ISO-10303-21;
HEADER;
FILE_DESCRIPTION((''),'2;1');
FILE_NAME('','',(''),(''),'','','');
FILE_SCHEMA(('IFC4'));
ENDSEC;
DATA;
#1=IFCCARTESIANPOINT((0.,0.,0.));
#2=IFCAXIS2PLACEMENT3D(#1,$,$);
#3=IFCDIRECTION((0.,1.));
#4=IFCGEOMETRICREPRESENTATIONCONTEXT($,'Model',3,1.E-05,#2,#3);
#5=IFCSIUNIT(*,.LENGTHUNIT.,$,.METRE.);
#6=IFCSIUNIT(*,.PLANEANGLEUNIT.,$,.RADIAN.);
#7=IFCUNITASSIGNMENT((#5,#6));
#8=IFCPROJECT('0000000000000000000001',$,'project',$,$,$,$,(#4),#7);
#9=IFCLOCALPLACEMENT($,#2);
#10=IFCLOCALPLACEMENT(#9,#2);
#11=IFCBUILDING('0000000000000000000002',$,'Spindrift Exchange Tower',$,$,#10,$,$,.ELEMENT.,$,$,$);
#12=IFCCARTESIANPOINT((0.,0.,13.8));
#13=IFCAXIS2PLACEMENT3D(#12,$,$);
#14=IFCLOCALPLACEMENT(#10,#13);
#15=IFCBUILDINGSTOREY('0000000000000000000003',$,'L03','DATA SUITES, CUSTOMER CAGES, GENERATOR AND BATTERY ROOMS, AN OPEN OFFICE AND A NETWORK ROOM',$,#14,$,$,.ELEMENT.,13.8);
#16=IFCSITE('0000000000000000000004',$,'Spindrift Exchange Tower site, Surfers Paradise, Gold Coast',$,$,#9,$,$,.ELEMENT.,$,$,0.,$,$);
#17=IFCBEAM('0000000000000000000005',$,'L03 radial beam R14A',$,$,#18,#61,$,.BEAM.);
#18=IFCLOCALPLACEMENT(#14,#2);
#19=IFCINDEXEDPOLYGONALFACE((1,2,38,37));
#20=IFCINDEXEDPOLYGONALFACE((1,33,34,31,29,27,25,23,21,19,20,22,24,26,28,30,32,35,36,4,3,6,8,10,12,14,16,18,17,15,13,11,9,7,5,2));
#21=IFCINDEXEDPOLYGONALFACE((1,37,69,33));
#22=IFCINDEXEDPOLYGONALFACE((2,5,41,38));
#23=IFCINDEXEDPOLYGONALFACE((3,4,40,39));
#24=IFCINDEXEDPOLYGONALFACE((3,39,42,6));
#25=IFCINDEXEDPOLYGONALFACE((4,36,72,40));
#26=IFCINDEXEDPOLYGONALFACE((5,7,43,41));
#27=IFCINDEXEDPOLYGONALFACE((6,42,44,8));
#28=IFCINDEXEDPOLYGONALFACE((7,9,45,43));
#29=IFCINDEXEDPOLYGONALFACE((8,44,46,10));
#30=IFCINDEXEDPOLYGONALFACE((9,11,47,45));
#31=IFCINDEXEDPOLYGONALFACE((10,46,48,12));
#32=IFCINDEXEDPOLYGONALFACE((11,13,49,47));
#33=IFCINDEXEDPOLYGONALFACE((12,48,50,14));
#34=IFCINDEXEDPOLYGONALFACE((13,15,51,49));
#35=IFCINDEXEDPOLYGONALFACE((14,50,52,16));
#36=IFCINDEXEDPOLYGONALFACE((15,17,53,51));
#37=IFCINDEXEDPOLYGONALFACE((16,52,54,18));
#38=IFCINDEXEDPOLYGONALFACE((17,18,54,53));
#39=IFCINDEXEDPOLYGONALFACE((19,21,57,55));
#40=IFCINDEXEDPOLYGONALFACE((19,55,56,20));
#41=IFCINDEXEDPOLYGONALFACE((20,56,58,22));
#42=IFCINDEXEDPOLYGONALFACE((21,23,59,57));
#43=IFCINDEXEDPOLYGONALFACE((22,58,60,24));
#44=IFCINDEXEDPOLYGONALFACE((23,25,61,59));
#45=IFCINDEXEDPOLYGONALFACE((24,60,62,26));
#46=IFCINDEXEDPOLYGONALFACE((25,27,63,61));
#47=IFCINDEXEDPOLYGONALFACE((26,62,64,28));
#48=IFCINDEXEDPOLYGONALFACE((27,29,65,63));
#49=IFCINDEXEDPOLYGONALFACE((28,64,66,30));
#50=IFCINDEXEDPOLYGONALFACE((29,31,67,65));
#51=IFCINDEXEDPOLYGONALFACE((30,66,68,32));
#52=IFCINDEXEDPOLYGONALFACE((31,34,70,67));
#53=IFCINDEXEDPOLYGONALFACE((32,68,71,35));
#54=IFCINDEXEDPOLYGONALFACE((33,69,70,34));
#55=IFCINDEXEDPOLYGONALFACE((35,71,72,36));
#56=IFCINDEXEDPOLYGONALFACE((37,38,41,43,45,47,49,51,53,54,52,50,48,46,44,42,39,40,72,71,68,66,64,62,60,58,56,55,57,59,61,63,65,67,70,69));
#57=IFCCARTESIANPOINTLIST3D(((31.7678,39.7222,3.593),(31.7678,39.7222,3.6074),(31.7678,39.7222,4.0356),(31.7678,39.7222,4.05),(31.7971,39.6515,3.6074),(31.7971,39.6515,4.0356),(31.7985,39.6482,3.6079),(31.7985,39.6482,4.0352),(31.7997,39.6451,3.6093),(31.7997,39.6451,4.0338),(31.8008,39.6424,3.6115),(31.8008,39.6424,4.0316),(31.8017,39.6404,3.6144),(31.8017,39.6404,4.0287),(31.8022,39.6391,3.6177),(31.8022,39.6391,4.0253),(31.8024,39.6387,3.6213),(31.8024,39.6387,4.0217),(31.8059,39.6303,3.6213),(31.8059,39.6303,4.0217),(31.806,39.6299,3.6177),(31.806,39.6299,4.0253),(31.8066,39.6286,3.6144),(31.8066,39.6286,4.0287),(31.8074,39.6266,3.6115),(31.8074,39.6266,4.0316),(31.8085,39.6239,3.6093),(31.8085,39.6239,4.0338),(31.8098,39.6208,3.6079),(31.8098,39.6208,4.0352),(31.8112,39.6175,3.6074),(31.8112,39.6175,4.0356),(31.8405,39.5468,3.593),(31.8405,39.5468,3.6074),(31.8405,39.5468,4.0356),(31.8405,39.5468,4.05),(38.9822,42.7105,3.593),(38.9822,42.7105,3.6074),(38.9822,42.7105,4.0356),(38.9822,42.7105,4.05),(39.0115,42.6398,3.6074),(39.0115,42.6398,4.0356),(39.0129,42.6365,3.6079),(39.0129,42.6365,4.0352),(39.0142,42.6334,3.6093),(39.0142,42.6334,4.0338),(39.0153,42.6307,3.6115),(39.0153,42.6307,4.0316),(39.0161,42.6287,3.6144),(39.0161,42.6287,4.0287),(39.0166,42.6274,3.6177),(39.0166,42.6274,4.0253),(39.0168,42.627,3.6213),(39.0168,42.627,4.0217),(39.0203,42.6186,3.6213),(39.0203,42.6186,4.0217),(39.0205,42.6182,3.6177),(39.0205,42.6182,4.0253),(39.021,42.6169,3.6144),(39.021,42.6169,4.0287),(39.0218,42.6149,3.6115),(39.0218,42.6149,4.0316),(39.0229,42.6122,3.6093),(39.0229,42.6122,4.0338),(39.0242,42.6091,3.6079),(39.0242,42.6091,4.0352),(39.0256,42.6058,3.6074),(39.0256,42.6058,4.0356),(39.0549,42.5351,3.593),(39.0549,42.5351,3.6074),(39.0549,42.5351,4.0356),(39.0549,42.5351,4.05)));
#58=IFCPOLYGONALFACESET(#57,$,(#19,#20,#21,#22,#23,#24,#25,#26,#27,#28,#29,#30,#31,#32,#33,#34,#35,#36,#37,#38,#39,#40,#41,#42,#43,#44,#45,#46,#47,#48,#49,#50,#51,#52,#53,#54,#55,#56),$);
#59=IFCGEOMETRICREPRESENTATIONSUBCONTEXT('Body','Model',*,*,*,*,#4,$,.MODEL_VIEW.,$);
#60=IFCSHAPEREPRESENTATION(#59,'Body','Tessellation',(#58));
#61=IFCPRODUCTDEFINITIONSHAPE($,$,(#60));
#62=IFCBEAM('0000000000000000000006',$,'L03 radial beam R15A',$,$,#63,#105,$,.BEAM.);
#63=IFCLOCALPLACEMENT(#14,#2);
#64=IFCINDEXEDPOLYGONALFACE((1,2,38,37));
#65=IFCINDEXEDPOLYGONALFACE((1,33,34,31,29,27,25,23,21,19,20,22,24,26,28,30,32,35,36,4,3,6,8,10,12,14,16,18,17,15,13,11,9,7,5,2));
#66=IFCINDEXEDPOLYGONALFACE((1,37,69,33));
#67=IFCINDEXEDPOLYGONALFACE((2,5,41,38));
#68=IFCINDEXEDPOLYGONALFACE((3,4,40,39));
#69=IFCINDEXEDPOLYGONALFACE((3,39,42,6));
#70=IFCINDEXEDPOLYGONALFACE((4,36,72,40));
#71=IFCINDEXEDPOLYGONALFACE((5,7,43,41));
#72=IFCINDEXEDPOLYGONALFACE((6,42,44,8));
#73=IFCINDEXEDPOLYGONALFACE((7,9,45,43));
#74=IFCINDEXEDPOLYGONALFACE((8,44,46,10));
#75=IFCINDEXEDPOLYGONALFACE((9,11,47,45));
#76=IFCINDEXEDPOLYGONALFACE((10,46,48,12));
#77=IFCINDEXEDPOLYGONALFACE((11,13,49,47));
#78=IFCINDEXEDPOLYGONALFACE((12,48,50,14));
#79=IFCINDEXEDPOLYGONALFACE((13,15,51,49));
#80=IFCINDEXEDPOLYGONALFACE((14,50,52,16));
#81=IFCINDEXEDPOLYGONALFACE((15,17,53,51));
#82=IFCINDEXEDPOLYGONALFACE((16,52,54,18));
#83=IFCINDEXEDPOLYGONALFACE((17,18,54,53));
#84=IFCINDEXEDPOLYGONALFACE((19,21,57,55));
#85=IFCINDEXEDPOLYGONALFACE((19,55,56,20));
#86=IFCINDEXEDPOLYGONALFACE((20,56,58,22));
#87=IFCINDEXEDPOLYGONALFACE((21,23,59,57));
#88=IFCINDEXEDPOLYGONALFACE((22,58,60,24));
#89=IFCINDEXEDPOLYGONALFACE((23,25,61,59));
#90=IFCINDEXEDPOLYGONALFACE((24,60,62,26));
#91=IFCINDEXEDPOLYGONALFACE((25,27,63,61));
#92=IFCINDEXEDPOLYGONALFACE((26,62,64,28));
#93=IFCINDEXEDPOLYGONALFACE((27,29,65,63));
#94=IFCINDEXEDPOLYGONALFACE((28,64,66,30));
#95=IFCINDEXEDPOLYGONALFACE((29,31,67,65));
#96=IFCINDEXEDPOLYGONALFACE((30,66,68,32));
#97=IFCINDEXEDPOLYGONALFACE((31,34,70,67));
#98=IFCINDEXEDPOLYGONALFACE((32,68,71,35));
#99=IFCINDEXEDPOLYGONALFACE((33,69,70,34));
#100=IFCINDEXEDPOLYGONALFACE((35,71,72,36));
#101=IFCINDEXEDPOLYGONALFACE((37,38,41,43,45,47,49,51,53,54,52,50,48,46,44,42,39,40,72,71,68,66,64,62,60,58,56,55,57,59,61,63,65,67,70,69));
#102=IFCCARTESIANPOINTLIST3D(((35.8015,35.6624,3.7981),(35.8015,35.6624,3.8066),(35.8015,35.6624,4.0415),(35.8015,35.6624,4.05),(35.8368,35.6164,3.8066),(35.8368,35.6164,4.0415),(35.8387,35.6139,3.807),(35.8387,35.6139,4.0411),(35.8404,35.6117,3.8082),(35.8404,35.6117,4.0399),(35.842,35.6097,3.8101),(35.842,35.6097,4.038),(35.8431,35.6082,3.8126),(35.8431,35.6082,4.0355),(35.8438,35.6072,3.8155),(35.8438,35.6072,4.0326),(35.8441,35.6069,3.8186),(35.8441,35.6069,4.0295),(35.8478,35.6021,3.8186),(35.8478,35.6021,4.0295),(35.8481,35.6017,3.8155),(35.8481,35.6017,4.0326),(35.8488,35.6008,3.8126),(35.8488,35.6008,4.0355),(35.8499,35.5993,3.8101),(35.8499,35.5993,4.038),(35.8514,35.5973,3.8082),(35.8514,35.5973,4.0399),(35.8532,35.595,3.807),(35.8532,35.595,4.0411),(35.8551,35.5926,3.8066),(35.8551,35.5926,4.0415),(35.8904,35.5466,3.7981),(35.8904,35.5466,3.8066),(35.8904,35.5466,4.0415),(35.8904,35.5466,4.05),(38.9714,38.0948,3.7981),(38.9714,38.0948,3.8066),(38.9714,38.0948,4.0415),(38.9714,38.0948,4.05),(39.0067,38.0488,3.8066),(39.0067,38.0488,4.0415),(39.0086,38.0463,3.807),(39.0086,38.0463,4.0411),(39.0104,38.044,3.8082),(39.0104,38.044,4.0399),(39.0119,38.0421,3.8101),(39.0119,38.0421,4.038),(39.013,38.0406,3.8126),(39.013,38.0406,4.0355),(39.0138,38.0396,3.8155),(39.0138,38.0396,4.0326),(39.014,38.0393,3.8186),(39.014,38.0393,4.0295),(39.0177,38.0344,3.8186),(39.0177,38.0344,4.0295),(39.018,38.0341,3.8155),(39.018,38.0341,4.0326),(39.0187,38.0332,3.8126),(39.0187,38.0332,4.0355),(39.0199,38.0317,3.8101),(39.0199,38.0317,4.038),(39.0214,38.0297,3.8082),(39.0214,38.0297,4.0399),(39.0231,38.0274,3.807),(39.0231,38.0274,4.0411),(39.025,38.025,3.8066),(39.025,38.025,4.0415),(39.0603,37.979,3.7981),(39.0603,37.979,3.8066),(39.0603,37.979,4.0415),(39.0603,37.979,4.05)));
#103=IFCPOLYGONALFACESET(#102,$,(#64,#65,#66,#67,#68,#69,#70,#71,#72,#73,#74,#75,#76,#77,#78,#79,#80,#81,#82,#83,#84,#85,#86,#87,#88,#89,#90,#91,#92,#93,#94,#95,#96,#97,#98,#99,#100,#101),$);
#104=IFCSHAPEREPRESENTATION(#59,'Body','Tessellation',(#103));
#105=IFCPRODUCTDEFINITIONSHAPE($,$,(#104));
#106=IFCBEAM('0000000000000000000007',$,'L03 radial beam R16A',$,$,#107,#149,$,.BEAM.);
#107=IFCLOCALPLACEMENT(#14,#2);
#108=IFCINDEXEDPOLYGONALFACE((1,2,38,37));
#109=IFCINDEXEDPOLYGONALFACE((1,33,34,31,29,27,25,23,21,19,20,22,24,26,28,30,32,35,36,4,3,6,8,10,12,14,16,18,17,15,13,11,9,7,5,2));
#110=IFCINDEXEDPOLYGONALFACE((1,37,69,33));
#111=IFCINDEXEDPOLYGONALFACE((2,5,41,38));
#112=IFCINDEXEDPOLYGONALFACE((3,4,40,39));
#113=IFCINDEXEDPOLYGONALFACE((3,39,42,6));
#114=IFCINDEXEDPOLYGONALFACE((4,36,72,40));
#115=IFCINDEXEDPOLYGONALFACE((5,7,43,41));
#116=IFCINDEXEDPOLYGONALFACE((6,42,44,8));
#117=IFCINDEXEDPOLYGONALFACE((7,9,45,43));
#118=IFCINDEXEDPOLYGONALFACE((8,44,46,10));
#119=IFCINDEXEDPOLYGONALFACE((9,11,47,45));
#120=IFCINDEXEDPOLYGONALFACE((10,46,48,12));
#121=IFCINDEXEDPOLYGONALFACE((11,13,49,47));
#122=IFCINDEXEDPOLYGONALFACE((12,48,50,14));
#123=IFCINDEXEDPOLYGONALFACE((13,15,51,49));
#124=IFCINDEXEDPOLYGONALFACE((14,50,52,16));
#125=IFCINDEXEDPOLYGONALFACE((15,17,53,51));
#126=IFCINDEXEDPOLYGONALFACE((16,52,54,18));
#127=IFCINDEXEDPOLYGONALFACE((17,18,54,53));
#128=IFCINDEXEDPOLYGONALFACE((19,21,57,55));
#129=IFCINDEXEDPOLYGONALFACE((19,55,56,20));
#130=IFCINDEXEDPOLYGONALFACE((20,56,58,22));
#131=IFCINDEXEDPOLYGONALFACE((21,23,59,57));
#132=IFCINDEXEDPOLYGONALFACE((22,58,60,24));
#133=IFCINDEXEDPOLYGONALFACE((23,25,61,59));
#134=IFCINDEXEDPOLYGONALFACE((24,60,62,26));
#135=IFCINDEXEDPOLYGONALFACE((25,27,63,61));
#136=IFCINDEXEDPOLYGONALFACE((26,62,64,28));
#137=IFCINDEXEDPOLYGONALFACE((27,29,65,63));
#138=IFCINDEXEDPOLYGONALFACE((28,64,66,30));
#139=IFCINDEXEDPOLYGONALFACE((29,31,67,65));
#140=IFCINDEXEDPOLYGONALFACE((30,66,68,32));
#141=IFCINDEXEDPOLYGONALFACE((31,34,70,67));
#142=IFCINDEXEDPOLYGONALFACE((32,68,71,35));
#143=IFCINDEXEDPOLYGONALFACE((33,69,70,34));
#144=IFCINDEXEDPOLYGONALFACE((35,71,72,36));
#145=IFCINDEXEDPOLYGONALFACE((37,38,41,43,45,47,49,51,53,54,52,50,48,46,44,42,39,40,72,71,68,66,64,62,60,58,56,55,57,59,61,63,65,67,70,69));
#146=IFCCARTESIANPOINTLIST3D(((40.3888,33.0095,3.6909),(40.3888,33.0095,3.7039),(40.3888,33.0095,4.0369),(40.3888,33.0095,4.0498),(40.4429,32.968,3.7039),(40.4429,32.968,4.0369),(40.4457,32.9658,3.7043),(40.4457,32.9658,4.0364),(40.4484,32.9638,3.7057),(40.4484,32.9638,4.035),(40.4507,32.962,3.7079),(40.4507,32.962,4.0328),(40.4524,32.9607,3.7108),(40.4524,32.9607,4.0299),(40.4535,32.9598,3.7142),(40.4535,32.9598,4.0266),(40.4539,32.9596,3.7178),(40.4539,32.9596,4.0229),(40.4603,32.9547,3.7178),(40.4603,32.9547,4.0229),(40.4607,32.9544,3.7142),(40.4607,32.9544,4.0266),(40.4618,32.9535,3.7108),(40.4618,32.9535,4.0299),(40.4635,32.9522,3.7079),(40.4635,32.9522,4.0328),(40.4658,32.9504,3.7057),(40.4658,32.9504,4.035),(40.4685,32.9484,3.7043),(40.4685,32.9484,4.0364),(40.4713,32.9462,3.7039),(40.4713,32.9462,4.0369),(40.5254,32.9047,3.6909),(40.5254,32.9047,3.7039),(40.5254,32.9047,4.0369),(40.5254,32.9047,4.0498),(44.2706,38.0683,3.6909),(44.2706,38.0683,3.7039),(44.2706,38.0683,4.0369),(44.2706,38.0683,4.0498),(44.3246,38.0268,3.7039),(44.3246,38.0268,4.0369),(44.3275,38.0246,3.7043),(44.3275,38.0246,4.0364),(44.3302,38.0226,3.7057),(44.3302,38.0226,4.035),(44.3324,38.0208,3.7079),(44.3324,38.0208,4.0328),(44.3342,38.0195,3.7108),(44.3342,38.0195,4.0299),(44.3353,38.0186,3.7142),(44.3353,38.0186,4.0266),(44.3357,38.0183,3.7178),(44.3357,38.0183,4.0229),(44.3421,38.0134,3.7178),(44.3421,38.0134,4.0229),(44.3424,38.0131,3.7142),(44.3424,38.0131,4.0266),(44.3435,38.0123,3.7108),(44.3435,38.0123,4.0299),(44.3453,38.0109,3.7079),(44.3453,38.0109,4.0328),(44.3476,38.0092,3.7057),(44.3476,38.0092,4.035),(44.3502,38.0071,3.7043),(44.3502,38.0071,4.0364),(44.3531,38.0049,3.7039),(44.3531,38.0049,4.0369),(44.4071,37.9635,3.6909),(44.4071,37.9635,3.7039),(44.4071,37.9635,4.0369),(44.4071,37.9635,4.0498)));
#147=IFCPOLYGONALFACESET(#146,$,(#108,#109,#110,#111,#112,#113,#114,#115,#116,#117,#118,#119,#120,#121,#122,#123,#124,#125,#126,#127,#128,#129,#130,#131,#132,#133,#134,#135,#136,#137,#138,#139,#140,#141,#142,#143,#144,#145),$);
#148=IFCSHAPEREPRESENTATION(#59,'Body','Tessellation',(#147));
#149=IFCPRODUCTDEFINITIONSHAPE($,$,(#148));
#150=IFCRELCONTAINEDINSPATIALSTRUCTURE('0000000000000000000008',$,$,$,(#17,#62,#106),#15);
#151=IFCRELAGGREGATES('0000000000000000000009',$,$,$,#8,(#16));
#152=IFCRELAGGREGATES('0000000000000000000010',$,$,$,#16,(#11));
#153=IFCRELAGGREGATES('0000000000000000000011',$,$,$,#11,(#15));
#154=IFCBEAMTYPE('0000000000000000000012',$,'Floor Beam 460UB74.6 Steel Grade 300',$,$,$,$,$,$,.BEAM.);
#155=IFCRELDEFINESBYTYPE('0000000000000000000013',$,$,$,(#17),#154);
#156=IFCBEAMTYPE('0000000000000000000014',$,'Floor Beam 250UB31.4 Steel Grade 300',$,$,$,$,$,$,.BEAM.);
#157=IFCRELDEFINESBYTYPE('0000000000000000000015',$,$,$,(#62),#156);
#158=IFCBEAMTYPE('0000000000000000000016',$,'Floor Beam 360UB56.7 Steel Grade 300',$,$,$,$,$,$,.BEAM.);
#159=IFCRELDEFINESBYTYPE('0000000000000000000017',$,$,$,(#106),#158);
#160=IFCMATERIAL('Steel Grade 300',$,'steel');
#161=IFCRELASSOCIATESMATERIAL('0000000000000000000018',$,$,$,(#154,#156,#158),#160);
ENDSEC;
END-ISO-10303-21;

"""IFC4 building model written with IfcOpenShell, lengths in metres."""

from ifc_helpers import new_model, si_unit, direction, frame, origin, origin_2d, place, context, subcontext, project, spatial, i_section, extrude, source, transform, mapped, material, material_profile, profile_set, type_object, element, save


model = new_model("IFC4")

# Units and contexts
model_context = context("Model", 3, precision=1e-05, world=origin(), true_north=direction((0.0, 1.0)))
body_context = subcontext(model_context, "Body", "Model", "MODEL_VIEW")
ifc_project = project(units=[si_unit("LENGTHUNIT", "METRE"), si_unit("PLANEANGLEUNIT", "RADIAN")], contexts=[model_context])

# Site, building, storey
site_placement = place(None, origin())
site = spatial("IfcSite", under=ifc_project, at=site_placement, Name="Spindrift Exchange Tower site, Surfers Paradise, Gold Coast", CompositionType="ELEMENT", RefElevation=0.0)
building_placement = place(site_placement, origin())
building = spatial("IfcBuilding", under=site, at=building_placement, Name="Spindrift Exchange Tower", CompositionType="ELEMENT")
storey_placement = place(building_placement, frame((0.0, 0.0, 13.8)))
storey = spatial("IfcBuildingStorey", under=building, at=storey_placement, Name="L03", Description="DATA SUITES, CUSTOMER CAGES, GENERATOR AND BATTERY ROOMS, AN OPEN OFFICE AND A NETWORK ROOM", CompositionType="ELEMENT", Elevation=13.8)

# Beams
ifc_material_1 = material(Name="Steel Grade 300", Category="steel")
ifc_material_profile_1 = material_profile(ifc_material_1, i_section(OverallWidth=0.1899, OverallDepth=0.457, WebThickness=0.009, FlangeThickness=0.0144, FilletRadius=0.0139, at=origin_2d()), Name="460UB74.6")
ifc_profile_set_1 = profile_set([ifc_material_profile_1], Name="Steel Grade 300")
beam_type_1 = type_object("IfcBeamType", Name="Floor Beam 460UB74.6 Steel Grade 300", PredefinedType="BEAM", material=ifc_profile_set_1)
shared_shape_1 = source(origin(), body_context, "Body", "SweptSolid", [
    extrude(i_section(OverallWidth=0.1899, OverallDepth=0.457, WebThickness=0.009, FlangeThickness=0.0144, FilletRadius=0.0139, at=origin_2d()), origin(), (0.0, 0.0, 1.0), 7.8088),
])
beam_1_placement = place(storey_placement, frame((39.0186, 42.6228, 3.8215), z_axis=(-0.92388, -0.382683, 0.0), x_axis=(0.382683, -0.92388, 0.0)))
element("IfcBeam", 1, at=beam_1_placement, inside=storey, type_object=beam_type_1, Name="L03 radial beam R14A", PredefinedType="BEAM", context=body_context, shape_type="MappedRepresentation", body=[
    mapped(shared_shape_1, transform((0.0, 0.0, 0.0), scale=1.0)),
])
ifc_material_profile_2 = material_profile(ifc_material_1, i_section(OverallWidth=0.146, OverallDepth=0.252, WebThickness=0.0061, FlangeThickness=0.0085, FilletRadius=0.012, at=origin_2d()), Name="250UB31.4")
ifc_profile_set_2 = profile_set([ifc_material_profile_2], Name="Steel Grade 300")
beam_type_2 = type_object("IfcBeamType", Name="Floor Beam 250UB31.4 Steel Grade 300", PredefinedType="BEAM", material=ifc_profile_set_2)
shared_shape_2 = source(origin(), body_context, "Body", "SweptSolid", [
    extrude(i_section(OverallWidth=0.146, OverallDepth=0.252, WebThickness=0.0061, FlangeThickness=0.0085, FilletRadius=0.012, at=origin_2d()), origin(), (0.0, 0.0, 1.0), 3.9956),
])
beam_2_placement = place(storey_placement, frame((39.0159, 38.0369, 3.9241), z_axis=(-0.793353, -0.608762, 0.0), x_axis=(0.608762, -0.793353, 0.0)))
element("IfcBeam", 2, at=beam_2_placement, inside=storey, type_object=beam_type_2, Name="L03 radial beam R15A", PredefinedType="BEAM", context=body_context, shape_type="MappedRepresentation", body=[
    mapped(shared_shape_2, transform((0.0, 0.0, 0.0), scale=1.0)),
])
ifc_material_profile_3 = material_profile(ifc_material_1, i_section(OverallWidth=0.1721, OverallDepth=0.3589, WebThickness=0.0081, FlangeThickness=0.0129, FilletRadius=0.0139, at=origin_2d()), Name="360UB56.7")
ifc_profile_set_3 = profile_set([ifc_material_profile_3], Name="Steel Grade 300")
beam_type_3 = type_object("IfcBeamType", Name="Floor Beam 360UB56.7 Steel Grade 300", PredefinedType="BEAM", material=ifc_profile_set_3)
shared_shape_3 = source(origin(), body_context, "Body", "SweptSolid", [
    extrude(i_section(OverallWidth=0.1721, OverallDepth=0.3589, WebThickness=0.0081, FlangeThickness=0.0129, FilletRadius=0.0139, at=origin_2d()), origin(), (0.0, 0.0, 1.0), 6.3765),
])
beam_3_placement = place(storey_placement, frame((44.3389, 38.0159, 3.8704), z_axis=(-0.608767, -0.793349, 0.0), x_axis=(0.793349, -0.608767, 0.0)))
element("IfcBeam", 3, at=beam_3_placement, inside=storey, type_object=beam_type_3, Name="L03 radial beam R16A", PredefinedType="BEAM", context=body_context, shape_type="MappedRepresentation", body=[
    mapped(shared_shape_3, transform((0.0, 0.0, 0.0), scale=1.0)),
])

save(model, "model.ifc")
